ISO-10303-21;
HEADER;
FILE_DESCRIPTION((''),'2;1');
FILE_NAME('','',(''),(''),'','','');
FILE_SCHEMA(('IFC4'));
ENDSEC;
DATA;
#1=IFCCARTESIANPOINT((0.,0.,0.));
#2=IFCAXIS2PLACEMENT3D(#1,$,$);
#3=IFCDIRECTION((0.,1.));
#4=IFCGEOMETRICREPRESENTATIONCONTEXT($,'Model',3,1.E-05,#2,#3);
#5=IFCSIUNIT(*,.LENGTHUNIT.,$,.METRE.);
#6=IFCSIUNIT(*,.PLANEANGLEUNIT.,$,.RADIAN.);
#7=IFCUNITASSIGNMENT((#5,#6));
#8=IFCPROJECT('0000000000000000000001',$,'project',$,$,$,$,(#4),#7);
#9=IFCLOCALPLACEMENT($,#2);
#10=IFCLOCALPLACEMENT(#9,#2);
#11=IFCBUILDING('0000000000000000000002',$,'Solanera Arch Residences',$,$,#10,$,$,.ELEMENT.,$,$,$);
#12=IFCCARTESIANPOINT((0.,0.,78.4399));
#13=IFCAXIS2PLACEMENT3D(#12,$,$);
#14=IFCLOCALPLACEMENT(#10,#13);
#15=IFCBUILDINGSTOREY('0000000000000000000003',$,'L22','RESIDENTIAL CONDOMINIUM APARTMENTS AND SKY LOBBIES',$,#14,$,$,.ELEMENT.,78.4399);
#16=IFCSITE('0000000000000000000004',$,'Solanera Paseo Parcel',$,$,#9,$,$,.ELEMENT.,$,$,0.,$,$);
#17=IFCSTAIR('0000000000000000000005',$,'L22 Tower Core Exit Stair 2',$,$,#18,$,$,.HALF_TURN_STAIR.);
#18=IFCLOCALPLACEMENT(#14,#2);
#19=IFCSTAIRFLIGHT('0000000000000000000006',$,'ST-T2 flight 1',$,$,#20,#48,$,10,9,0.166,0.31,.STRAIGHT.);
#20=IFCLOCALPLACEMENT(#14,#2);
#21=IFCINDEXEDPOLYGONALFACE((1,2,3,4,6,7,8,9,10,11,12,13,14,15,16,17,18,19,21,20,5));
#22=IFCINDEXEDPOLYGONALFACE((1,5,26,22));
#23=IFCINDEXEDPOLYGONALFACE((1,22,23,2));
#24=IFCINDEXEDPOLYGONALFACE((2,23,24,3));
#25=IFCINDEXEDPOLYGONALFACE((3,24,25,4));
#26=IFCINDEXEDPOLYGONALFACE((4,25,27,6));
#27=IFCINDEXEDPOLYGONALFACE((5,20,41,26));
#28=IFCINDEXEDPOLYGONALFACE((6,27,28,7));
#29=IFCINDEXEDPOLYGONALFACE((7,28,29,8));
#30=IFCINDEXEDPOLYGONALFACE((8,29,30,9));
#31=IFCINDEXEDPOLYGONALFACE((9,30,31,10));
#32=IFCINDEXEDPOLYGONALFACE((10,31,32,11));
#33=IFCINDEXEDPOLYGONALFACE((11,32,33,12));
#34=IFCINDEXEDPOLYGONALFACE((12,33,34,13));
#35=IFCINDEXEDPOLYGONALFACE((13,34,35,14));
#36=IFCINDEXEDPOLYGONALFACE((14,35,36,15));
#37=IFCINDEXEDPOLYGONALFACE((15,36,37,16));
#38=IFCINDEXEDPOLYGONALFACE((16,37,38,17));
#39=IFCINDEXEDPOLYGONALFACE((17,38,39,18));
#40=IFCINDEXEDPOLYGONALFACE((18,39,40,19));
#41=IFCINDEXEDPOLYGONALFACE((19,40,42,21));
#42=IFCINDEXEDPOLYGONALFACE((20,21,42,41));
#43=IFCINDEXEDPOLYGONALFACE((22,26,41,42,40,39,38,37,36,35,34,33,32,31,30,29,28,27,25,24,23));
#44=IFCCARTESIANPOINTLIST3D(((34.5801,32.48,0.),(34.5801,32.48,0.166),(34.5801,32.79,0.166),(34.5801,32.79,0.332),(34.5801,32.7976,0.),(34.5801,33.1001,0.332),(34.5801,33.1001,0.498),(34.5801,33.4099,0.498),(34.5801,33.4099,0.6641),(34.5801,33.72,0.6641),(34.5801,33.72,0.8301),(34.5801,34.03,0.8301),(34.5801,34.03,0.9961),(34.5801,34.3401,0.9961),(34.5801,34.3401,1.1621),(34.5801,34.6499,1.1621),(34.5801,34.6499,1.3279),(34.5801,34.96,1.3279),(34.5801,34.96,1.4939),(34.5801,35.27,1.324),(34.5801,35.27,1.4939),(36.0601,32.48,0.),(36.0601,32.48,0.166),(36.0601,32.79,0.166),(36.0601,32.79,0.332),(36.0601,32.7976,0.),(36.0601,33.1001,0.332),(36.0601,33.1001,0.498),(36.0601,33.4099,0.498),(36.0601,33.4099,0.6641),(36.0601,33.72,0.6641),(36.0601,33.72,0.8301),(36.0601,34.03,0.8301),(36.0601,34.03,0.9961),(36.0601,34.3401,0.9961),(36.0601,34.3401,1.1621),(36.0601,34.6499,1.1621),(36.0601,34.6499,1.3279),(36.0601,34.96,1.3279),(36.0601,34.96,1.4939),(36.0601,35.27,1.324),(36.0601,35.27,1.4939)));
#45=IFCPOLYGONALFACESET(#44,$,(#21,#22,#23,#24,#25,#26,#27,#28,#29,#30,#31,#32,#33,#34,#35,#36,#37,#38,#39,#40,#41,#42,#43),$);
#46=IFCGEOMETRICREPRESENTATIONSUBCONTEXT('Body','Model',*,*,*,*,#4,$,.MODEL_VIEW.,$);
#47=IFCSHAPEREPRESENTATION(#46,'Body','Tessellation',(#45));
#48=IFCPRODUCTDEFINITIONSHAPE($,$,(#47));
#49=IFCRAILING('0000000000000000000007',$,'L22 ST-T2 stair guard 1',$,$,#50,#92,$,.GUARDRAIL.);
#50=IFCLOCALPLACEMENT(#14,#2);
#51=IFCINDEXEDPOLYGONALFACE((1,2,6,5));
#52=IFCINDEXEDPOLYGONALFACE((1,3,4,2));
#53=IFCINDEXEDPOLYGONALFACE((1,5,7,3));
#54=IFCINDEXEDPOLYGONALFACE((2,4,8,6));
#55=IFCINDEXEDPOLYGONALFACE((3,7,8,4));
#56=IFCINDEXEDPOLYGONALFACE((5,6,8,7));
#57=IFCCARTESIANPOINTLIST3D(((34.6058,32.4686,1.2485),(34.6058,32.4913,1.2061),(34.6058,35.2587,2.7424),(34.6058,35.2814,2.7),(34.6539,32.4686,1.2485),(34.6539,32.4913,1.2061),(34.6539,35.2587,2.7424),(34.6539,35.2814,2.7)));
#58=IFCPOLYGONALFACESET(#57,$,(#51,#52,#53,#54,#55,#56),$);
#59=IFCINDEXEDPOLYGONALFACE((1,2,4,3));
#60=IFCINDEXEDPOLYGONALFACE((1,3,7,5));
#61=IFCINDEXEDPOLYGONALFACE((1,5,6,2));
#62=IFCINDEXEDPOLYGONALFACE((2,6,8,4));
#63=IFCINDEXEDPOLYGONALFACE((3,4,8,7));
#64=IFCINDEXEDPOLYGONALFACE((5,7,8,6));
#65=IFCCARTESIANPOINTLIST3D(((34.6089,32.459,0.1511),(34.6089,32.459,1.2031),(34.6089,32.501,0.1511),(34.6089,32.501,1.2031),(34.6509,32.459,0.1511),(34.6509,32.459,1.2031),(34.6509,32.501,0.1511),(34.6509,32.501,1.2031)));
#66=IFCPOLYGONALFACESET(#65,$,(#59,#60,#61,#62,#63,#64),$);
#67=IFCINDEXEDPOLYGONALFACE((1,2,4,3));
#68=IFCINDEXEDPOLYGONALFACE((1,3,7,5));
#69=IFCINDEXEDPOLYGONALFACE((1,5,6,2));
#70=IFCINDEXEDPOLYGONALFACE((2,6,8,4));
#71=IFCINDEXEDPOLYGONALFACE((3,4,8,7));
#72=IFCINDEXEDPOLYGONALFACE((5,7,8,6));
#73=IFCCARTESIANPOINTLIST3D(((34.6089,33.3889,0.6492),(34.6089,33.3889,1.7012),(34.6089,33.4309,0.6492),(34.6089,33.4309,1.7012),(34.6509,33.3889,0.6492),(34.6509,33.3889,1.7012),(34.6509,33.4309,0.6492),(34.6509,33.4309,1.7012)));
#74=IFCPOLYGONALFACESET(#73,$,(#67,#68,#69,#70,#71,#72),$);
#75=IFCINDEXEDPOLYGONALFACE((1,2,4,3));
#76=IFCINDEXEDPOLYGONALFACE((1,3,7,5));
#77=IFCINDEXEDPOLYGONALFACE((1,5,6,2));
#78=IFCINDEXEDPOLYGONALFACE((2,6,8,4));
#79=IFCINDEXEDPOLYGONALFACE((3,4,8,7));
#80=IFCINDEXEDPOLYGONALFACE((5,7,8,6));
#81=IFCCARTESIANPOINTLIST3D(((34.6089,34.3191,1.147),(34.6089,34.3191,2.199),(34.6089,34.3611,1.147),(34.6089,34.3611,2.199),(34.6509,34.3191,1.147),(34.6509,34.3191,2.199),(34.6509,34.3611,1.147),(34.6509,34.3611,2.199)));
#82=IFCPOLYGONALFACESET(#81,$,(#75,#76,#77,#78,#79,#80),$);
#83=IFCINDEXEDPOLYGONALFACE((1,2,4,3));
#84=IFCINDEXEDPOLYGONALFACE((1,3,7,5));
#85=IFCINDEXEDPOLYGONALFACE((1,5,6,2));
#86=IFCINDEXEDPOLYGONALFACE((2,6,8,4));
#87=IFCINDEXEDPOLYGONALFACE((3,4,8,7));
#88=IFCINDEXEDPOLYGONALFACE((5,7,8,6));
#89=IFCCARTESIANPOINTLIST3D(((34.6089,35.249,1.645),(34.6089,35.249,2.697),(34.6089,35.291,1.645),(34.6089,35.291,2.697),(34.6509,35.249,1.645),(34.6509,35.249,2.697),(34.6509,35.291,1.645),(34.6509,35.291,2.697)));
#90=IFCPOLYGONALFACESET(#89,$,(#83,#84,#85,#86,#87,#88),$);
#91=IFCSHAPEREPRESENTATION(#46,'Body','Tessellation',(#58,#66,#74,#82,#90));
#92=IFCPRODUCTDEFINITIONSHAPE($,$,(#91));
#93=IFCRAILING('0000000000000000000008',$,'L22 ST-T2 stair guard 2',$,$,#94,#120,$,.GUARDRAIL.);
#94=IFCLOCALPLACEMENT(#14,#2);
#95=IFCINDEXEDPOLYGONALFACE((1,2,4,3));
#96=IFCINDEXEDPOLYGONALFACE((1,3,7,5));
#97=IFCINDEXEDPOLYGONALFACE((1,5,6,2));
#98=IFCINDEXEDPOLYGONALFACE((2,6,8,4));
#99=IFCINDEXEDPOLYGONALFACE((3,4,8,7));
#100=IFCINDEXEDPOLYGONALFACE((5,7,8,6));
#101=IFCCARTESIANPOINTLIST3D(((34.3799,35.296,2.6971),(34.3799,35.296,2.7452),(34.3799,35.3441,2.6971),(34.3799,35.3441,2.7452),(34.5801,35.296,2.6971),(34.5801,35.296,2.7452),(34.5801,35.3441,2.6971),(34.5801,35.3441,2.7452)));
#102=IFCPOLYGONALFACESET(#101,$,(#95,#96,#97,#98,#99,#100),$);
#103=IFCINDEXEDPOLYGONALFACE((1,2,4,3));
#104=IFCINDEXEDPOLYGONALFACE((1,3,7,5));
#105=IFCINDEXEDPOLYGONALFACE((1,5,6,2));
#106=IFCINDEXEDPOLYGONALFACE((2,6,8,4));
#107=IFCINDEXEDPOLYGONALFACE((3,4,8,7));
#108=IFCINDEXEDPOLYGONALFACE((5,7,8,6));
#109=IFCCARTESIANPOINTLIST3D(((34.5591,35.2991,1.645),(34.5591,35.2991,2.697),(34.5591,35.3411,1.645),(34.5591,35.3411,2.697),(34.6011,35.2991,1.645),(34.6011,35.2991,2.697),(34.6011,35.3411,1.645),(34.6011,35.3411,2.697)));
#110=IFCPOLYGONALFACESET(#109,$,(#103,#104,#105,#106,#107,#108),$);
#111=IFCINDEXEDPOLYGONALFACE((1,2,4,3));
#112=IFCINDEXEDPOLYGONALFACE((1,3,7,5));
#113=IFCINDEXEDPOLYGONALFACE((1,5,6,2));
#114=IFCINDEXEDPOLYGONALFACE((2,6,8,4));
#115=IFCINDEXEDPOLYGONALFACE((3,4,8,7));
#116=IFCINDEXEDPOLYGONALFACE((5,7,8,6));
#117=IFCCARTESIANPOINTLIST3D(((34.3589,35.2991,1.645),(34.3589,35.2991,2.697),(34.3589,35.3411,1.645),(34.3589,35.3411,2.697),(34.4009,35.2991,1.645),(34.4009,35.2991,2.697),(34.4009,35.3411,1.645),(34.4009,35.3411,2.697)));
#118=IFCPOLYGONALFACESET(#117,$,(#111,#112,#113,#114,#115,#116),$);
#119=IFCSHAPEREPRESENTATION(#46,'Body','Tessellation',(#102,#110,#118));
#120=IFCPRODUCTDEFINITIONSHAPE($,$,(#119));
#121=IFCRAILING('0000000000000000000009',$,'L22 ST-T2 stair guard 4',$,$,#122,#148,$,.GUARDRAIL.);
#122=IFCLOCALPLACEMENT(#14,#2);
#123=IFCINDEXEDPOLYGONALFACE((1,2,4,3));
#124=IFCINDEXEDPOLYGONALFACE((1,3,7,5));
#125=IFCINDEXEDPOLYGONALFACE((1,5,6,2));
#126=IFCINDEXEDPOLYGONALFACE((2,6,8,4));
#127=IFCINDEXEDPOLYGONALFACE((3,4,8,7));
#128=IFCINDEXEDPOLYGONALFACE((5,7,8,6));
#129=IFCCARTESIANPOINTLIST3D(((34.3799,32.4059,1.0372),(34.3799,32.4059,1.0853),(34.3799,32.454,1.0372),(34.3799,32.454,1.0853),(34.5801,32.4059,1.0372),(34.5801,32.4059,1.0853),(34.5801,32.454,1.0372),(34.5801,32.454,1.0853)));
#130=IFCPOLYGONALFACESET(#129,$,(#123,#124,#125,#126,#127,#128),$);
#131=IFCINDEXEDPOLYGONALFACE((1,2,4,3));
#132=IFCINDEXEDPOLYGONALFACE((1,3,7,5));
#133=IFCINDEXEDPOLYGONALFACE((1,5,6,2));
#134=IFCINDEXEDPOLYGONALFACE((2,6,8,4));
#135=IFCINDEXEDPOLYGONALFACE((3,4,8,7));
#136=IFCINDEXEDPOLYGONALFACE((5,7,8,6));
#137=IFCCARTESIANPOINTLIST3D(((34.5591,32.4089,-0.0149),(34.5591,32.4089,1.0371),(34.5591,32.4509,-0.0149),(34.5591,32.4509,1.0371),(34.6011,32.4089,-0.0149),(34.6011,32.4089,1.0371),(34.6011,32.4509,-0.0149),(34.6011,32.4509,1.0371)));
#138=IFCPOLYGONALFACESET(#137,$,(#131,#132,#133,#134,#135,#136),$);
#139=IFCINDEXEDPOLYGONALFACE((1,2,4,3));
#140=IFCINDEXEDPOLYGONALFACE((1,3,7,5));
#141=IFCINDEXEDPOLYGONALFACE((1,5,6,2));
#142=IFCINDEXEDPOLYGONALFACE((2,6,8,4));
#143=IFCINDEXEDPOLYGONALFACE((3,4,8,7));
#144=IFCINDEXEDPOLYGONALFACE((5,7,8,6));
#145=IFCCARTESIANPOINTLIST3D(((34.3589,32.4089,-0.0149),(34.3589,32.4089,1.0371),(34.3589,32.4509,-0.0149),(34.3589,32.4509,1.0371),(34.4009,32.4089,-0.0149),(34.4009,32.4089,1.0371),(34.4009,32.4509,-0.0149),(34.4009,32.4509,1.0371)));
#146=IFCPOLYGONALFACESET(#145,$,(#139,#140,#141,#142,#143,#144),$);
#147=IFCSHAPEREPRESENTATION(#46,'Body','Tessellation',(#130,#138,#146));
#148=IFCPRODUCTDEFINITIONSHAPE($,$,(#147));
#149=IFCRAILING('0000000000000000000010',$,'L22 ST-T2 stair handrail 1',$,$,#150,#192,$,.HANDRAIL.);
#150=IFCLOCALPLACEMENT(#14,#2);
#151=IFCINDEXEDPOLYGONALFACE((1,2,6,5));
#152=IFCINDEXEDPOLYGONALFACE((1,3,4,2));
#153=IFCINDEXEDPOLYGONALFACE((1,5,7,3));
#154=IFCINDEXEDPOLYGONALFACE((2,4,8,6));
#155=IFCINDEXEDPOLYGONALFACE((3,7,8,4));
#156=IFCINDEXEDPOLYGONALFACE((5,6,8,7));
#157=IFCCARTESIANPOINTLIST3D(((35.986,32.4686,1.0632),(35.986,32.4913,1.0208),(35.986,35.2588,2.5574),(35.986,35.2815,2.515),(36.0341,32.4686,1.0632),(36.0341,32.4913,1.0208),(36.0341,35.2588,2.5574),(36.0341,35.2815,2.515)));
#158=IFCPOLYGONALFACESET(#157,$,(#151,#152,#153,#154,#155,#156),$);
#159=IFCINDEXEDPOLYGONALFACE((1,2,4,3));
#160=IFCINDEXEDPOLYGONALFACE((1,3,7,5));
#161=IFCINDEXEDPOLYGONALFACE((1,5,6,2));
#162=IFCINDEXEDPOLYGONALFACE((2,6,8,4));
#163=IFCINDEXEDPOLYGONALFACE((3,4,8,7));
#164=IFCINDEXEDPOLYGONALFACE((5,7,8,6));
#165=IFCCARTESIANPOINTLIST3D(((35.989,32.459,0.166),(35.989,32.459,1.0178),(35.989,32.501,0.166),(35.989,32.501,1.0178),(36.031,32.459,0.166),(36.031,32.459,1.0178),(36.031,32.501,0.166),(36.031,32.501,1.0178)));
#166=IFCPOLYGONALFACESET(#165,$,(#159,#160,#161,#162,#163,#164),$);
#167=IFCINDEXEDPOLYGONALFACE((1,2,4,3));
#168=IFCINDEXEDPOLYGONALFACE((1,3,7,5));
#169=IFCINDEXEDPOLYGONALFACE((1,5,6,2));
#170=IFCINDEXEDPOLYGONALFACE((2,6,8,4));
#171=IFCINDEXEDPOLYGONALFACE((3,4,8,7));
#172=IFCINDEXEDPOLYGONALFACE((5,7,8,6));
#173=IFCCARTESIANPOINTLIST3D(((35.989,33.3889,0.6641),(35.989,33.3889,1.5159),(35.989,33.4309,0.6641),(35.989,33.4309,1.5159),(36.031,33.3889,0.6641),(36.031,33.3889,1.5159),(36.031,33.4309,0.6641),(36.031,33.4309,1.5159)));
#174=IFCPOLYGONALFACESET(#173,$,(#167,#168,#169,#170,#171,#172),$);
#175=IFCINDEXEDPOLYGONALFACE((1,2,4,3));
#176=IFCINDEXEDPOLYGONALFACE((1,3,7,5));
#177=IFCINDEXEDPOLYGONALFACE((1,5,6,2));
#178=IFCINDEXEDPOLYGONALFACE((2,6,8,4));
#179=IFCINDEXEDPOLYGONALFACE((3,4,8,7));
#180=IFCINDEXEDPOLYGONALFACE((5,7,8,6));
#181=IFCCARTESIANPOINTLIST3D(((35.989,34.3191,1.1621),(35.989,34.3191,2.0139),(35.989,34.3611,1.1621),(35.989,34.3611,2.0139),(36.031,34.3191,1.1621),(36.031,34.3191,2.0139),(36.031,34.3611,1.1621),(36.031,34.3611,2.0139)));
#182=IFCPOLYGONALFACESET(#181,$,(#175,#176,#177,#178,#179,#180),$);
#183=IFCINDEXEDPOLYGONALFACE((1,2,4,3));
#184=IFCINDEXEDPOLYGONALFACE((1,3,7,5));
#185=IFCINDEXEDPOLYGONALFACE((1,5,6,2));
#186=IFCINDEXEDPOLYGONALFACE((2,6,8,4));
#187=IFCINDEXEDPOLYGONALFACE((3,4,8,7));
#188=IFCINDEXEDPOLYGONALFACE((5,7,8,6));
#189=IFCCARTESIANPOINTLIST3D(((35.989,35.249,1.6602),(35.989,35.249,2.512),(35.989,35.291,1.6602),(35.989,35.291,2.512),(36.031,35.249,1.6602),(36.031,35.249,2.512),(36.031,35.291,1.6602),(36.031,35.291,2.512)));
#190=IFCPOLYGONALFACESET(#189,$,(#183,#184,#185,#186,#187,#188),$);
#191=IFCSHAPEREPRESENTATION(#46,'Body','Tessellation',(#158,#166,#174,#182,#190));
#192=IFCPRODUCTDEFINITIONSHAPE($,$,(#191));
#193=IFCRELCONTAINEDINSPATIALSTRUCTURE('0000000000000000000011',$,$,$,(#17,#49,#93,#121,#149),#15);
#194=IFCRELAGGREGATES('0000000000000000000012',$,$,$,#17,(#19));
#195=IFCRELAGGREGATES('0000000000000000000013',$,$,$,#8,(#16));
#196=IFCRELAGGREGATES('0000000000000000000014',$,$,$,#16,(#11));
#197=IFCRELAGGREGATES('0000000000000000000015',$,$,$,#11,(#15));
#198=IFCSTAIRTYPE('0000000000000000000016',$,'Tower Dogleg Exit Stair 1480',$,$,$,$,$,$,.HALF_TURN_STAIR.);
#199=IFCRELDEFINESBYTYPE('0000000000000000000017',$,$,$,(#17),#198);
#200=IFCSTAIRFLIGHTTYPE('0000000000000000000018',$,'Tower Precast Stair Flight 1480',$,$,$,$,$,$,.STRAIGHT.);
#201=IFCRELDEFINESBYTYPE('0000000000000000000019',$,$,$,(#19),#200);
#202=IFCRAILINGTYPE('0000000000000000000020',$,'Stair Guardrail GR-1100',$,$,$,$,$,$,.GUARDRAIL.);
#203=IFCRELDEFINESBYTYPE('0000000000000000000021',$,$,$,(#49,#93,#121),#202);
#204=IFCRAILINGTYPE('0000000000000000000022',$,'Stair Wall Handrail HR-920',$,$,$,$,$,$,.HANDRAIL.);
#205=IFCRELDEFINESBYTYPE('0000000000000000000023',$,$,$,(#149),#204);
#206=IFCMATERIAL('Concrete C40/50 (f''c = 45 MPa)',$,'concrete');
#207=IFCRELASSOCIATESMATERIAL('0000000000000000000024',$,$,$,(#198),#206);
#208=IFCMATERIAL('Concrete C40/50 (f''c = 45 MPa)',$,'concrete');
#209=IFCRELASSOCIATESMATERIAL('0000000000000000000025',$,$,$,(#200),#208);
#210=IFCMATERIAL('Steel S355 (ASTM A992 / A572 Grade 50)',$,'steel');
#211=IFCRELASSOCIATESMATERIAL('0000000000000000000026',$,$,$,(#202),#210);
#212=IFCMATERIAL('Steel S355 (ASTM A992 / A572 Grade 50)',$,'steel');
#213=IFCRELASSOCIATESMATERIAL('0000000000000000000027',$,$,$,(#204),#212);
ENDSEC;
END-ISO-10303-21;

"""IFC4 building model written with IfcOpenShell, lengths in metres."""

from ifc_helpers import new_model, si_unit, direction, frame, origin, origin_2d, place, context, subcontext, project, spatial, polyline, rectangle, outline, extrude, material, type_object, element, aggregate, save


model = new_model("IFC4")

# Units and contexts
model_context = context("Model", 3, precision=1e-05, world=origin(), true_north=direction((0.0, 1.0)))
body_context = subcontext(model_context, "Body", "Model", "MODEL_VIEW")
ifc_project = project(units=[si_unit("LENGTHUNIT", "METRE"), si_unit("PLANEANGLEUNIT", "RADIAN")], contexts=[model_context])

# Site, building, storey
site_placement = place(None, origin())
site = spatial("IfcSite", under=ifc_project, at=site_placement, Name="Solanera Paseo Parcel", CompositionType="ELEMENT", RefElevation=0.0)
building_placement = place(site_placement, origin())
building = spatial("IfcBuilding", under=site, at=building_placement, Name="Solanera Arch Residences", CompositionType="ELEMENT")
storey_placement = place(building_placement, frame((0.0, 0.0, 78.4399)))
storey = spatial("IfcBuildingStorey", under=building, at=storey_placement, Name="L22", Description="RESIDENTIAL CONDOMINIUM APARTMENTS AND SKY LOBBIES", CompositionType="ELEMENT", Elevation=78.4399)

# Stair, stair flight
ifc_material_1 = material(Name="Concrete C40/50 (f'c = 45 MPa)", Category="concrete")
stair_type = type_object("IfcStairType", Name="Tower Dogleg Exit Stair 1480", PredefinedType="HALF_TURN_STAIR", material=ifc_material_1)
stair_placement = place(storey_placement, origin())
stair = element("IfcStair", 1, at=stair_placement, inside=storey, type_object=stair_type, Name="L22 Tower Core Exit Stair 2", PredefinedType="HALF_TURN_STAIR")
ifc_material_2 = material(Name="Concrete C40/50 (f'c = 45 MPa)", Category="concrete")
stair_flight_type = type_object("IfcStairFlightType", Name="Tower Precast Stair Flight 1480", PredefinedType="STRAIGHT", material=ifc_material_2)
stair_flight_placement = place(storey_placement, frame((35.3201, 32.48, 0.0), z_axis=(0.0, 0.0, 1.0), x_axis=(0.0, 1.0, 0.0)))
stair_flight = element("IfcStairFlight", 2, at=stair_flight_placement, type_object=stair_flight_type, Name="ST-T2 flight 1", NumberOfRisers=10, NumberOfTreads=9, PredefinedType="STRAIGHT", RiserHeight=0.166, TreadLength=0.31, context=body_context, shape_type="SweptSolid", body=[
    extrude(outline(polyline([(0.0, 0.0), (0.0, 0.166), (0.3101, 0.166), (0.3101, 0.332), (0.6201, 0.332), (0.6201, 0.498), (0.9299, 0.498), (0.9299, 0.6641), (1.24, 0.6641), (1.24, 0.8301), (1.55, 0.8301), (1.55, 0.9961), (1.8601, 0.9961), (1.8601, 1.1621), (2.1699, 1.1621), (2.1699, 1.3279), (2.48, 1.3279), (2.48, 1.4939), (2.79, 1.4939), (2.79, 1.6599), (2.79, 1.324), (0.3176, 0.0), (0.0, 0.0)])), frame((0.0, 0.74, 0.0), z_axis=(0.0, -1.0, 0.0), x_axis=(1.0, 0.0, 0.0)), (0.0, 0.0, 1.0), 1.48),
])
aggregate(stair, [stair_flight])

# Railings
ifc_material_3 = material(Name="Steel S355 (ASTM A992 / A572 Grade 50)", Category="steel")
railing_type_1 = type_object("IfcRailingType", Name="Stair Guardrail GR-1100", PredefinedType="GUARDRAIL", material=ifc_material_3)
railing_1_placement = place(storey_placement, frame((34.6299, 32.48, 0.1511)))
element("IfcRailing", 3, at=railing_1_placement, inside=storey, type_object=railing_type_1, Name="L22 ST-T2 stair guard 1", PredefinedType="GUARDRAIL", context=body_context, shape_type="SweptSolid", body=[
    extrude(rectangle(XDim=0.0481, YDim=0.0481, at=origin_2d()), frame((0.0, 0.0, 1.0762), z_axis=(0.0, 0.881581, 0.472033), x_axis=(-1.0, 0.0, 0.0)), (0.0, 0.0, 1.0), 3.1648),
    extrude(rectangle(XDim=0.042, YDim=0.042, at=origin_2d()), origin(), (0.0, 0.0, 1.0), 1.052),
    extrude(rectangle(XDim=0.042, YDim=0.042, at=origin_2d()), frame((0.0, 0.9299, 0.498)), (0.0, 0.0, 1.0), 1.052),
    extrude(rectangle(XDim=0.042, YDim=0.042, at=origin_2d()), frame((0.0, 1.8601, 0.9958)), (0.0, 0.0, 1.0), 1.052),
    extrude(rectangle(XDim=0.042, YDim=0.042, at=origin_2d()), frame((0.0, 2.79, 1.4939)), (0.0, 0.0, 1.0), 1.052),
])
for number, where, name in (
    (4, (34.5801, 35.3201, 1.645), "L22 ST-T2 stair guard 2"),
    (5, (34.5801, 32.4299, -0.0149), "L22 ST-T2 stair guard 4"),
):
    element("IfcRailing", number, at=place(storey_placement, frame(where)), inside=storey, type_object=railing_type_1, Name=name, PredefinedType="GUARDRAIL", context=body_context, shape_type="SweptSolid", body=[
        extrude(rectangle(XDim=0.0481, YDim=0.0481, at=origin_2d()), frame((0.0, 0.0, 1.0762), z_axis=(-1.0, 0.0, 0.0), x_axis=(0.0, -1.0, 0.0)), (0.0, 0.0, 1.0), 0.2002),
        extrude(rectangle(XDim=0.042, YDim=0.042, at=origin_2d()), origin(), (0.0, 0.0, 1.0), 1.052),
        extrude(rectangle(XDim=0.042, YDim=0.042, at=origin_2d()), frame((-0.2002, 0.0, 0.0)), (0.0, 0.0, 1.0), 1.052),
    ])
ifc_material_4 = material(Name="Steel S355 (ASTM A992 / A572 Grade 50)", Category="steel")
railing_type_2 = type_object("IfcRailingType", Name="Stair Wall Handrail HR-920", PredefinedType="HANDRAIL", material=ifc_material_4)
railing_2_placement = place(storey_placement, frame((36.01, 32.48, 0.166)))
element("IfcRailing", 6, at=railing_2_placement, inside=storey, type_object=railing_type_2, Name="L22 ST-T2 stair handrail 1", PredefinedType="HANDRAIL", context=body_context, shape_type="SweptSolid", body=[
    extrude(rectangle(XDim=0.0481, YDim=0.0481, at=origin_2d()), frame((0.0, 0.0, 0.876), z_axis=(0.0, 0.881549, 0.472093), x_axis=(-1.0, 0.0, 0.0)), (0.0, 0.0, 1.0), 3.165),
    extrude(rectangle(XDim=0.042, YDim=0.042, at=origin_2d()), origin(), (0.0, 0.0, 1.0), 0.8518),
    extrude(rectangle(XDim=0.042, YDim=0.042, at=origin_2d()), frame((0.0, 0.9299, 0.498)), (0.0, 0.0, 1.0), 0.8518),
    extrude(rectangle(XDim=0.042, YDim=0.042, at=origin_2d()), frame((0.0, 1.8601, 0.9961)), (0.0, 0.0, 1.0), 0.8518),
    extrude(rectangle(XDim=0.042, YDim=0.042, at=origin_2d()), frame((0.0, 2.79, 1.4941)), (0.0, 0.0, 1.0), 0.8518),
])

save(model, "model.ifc")
